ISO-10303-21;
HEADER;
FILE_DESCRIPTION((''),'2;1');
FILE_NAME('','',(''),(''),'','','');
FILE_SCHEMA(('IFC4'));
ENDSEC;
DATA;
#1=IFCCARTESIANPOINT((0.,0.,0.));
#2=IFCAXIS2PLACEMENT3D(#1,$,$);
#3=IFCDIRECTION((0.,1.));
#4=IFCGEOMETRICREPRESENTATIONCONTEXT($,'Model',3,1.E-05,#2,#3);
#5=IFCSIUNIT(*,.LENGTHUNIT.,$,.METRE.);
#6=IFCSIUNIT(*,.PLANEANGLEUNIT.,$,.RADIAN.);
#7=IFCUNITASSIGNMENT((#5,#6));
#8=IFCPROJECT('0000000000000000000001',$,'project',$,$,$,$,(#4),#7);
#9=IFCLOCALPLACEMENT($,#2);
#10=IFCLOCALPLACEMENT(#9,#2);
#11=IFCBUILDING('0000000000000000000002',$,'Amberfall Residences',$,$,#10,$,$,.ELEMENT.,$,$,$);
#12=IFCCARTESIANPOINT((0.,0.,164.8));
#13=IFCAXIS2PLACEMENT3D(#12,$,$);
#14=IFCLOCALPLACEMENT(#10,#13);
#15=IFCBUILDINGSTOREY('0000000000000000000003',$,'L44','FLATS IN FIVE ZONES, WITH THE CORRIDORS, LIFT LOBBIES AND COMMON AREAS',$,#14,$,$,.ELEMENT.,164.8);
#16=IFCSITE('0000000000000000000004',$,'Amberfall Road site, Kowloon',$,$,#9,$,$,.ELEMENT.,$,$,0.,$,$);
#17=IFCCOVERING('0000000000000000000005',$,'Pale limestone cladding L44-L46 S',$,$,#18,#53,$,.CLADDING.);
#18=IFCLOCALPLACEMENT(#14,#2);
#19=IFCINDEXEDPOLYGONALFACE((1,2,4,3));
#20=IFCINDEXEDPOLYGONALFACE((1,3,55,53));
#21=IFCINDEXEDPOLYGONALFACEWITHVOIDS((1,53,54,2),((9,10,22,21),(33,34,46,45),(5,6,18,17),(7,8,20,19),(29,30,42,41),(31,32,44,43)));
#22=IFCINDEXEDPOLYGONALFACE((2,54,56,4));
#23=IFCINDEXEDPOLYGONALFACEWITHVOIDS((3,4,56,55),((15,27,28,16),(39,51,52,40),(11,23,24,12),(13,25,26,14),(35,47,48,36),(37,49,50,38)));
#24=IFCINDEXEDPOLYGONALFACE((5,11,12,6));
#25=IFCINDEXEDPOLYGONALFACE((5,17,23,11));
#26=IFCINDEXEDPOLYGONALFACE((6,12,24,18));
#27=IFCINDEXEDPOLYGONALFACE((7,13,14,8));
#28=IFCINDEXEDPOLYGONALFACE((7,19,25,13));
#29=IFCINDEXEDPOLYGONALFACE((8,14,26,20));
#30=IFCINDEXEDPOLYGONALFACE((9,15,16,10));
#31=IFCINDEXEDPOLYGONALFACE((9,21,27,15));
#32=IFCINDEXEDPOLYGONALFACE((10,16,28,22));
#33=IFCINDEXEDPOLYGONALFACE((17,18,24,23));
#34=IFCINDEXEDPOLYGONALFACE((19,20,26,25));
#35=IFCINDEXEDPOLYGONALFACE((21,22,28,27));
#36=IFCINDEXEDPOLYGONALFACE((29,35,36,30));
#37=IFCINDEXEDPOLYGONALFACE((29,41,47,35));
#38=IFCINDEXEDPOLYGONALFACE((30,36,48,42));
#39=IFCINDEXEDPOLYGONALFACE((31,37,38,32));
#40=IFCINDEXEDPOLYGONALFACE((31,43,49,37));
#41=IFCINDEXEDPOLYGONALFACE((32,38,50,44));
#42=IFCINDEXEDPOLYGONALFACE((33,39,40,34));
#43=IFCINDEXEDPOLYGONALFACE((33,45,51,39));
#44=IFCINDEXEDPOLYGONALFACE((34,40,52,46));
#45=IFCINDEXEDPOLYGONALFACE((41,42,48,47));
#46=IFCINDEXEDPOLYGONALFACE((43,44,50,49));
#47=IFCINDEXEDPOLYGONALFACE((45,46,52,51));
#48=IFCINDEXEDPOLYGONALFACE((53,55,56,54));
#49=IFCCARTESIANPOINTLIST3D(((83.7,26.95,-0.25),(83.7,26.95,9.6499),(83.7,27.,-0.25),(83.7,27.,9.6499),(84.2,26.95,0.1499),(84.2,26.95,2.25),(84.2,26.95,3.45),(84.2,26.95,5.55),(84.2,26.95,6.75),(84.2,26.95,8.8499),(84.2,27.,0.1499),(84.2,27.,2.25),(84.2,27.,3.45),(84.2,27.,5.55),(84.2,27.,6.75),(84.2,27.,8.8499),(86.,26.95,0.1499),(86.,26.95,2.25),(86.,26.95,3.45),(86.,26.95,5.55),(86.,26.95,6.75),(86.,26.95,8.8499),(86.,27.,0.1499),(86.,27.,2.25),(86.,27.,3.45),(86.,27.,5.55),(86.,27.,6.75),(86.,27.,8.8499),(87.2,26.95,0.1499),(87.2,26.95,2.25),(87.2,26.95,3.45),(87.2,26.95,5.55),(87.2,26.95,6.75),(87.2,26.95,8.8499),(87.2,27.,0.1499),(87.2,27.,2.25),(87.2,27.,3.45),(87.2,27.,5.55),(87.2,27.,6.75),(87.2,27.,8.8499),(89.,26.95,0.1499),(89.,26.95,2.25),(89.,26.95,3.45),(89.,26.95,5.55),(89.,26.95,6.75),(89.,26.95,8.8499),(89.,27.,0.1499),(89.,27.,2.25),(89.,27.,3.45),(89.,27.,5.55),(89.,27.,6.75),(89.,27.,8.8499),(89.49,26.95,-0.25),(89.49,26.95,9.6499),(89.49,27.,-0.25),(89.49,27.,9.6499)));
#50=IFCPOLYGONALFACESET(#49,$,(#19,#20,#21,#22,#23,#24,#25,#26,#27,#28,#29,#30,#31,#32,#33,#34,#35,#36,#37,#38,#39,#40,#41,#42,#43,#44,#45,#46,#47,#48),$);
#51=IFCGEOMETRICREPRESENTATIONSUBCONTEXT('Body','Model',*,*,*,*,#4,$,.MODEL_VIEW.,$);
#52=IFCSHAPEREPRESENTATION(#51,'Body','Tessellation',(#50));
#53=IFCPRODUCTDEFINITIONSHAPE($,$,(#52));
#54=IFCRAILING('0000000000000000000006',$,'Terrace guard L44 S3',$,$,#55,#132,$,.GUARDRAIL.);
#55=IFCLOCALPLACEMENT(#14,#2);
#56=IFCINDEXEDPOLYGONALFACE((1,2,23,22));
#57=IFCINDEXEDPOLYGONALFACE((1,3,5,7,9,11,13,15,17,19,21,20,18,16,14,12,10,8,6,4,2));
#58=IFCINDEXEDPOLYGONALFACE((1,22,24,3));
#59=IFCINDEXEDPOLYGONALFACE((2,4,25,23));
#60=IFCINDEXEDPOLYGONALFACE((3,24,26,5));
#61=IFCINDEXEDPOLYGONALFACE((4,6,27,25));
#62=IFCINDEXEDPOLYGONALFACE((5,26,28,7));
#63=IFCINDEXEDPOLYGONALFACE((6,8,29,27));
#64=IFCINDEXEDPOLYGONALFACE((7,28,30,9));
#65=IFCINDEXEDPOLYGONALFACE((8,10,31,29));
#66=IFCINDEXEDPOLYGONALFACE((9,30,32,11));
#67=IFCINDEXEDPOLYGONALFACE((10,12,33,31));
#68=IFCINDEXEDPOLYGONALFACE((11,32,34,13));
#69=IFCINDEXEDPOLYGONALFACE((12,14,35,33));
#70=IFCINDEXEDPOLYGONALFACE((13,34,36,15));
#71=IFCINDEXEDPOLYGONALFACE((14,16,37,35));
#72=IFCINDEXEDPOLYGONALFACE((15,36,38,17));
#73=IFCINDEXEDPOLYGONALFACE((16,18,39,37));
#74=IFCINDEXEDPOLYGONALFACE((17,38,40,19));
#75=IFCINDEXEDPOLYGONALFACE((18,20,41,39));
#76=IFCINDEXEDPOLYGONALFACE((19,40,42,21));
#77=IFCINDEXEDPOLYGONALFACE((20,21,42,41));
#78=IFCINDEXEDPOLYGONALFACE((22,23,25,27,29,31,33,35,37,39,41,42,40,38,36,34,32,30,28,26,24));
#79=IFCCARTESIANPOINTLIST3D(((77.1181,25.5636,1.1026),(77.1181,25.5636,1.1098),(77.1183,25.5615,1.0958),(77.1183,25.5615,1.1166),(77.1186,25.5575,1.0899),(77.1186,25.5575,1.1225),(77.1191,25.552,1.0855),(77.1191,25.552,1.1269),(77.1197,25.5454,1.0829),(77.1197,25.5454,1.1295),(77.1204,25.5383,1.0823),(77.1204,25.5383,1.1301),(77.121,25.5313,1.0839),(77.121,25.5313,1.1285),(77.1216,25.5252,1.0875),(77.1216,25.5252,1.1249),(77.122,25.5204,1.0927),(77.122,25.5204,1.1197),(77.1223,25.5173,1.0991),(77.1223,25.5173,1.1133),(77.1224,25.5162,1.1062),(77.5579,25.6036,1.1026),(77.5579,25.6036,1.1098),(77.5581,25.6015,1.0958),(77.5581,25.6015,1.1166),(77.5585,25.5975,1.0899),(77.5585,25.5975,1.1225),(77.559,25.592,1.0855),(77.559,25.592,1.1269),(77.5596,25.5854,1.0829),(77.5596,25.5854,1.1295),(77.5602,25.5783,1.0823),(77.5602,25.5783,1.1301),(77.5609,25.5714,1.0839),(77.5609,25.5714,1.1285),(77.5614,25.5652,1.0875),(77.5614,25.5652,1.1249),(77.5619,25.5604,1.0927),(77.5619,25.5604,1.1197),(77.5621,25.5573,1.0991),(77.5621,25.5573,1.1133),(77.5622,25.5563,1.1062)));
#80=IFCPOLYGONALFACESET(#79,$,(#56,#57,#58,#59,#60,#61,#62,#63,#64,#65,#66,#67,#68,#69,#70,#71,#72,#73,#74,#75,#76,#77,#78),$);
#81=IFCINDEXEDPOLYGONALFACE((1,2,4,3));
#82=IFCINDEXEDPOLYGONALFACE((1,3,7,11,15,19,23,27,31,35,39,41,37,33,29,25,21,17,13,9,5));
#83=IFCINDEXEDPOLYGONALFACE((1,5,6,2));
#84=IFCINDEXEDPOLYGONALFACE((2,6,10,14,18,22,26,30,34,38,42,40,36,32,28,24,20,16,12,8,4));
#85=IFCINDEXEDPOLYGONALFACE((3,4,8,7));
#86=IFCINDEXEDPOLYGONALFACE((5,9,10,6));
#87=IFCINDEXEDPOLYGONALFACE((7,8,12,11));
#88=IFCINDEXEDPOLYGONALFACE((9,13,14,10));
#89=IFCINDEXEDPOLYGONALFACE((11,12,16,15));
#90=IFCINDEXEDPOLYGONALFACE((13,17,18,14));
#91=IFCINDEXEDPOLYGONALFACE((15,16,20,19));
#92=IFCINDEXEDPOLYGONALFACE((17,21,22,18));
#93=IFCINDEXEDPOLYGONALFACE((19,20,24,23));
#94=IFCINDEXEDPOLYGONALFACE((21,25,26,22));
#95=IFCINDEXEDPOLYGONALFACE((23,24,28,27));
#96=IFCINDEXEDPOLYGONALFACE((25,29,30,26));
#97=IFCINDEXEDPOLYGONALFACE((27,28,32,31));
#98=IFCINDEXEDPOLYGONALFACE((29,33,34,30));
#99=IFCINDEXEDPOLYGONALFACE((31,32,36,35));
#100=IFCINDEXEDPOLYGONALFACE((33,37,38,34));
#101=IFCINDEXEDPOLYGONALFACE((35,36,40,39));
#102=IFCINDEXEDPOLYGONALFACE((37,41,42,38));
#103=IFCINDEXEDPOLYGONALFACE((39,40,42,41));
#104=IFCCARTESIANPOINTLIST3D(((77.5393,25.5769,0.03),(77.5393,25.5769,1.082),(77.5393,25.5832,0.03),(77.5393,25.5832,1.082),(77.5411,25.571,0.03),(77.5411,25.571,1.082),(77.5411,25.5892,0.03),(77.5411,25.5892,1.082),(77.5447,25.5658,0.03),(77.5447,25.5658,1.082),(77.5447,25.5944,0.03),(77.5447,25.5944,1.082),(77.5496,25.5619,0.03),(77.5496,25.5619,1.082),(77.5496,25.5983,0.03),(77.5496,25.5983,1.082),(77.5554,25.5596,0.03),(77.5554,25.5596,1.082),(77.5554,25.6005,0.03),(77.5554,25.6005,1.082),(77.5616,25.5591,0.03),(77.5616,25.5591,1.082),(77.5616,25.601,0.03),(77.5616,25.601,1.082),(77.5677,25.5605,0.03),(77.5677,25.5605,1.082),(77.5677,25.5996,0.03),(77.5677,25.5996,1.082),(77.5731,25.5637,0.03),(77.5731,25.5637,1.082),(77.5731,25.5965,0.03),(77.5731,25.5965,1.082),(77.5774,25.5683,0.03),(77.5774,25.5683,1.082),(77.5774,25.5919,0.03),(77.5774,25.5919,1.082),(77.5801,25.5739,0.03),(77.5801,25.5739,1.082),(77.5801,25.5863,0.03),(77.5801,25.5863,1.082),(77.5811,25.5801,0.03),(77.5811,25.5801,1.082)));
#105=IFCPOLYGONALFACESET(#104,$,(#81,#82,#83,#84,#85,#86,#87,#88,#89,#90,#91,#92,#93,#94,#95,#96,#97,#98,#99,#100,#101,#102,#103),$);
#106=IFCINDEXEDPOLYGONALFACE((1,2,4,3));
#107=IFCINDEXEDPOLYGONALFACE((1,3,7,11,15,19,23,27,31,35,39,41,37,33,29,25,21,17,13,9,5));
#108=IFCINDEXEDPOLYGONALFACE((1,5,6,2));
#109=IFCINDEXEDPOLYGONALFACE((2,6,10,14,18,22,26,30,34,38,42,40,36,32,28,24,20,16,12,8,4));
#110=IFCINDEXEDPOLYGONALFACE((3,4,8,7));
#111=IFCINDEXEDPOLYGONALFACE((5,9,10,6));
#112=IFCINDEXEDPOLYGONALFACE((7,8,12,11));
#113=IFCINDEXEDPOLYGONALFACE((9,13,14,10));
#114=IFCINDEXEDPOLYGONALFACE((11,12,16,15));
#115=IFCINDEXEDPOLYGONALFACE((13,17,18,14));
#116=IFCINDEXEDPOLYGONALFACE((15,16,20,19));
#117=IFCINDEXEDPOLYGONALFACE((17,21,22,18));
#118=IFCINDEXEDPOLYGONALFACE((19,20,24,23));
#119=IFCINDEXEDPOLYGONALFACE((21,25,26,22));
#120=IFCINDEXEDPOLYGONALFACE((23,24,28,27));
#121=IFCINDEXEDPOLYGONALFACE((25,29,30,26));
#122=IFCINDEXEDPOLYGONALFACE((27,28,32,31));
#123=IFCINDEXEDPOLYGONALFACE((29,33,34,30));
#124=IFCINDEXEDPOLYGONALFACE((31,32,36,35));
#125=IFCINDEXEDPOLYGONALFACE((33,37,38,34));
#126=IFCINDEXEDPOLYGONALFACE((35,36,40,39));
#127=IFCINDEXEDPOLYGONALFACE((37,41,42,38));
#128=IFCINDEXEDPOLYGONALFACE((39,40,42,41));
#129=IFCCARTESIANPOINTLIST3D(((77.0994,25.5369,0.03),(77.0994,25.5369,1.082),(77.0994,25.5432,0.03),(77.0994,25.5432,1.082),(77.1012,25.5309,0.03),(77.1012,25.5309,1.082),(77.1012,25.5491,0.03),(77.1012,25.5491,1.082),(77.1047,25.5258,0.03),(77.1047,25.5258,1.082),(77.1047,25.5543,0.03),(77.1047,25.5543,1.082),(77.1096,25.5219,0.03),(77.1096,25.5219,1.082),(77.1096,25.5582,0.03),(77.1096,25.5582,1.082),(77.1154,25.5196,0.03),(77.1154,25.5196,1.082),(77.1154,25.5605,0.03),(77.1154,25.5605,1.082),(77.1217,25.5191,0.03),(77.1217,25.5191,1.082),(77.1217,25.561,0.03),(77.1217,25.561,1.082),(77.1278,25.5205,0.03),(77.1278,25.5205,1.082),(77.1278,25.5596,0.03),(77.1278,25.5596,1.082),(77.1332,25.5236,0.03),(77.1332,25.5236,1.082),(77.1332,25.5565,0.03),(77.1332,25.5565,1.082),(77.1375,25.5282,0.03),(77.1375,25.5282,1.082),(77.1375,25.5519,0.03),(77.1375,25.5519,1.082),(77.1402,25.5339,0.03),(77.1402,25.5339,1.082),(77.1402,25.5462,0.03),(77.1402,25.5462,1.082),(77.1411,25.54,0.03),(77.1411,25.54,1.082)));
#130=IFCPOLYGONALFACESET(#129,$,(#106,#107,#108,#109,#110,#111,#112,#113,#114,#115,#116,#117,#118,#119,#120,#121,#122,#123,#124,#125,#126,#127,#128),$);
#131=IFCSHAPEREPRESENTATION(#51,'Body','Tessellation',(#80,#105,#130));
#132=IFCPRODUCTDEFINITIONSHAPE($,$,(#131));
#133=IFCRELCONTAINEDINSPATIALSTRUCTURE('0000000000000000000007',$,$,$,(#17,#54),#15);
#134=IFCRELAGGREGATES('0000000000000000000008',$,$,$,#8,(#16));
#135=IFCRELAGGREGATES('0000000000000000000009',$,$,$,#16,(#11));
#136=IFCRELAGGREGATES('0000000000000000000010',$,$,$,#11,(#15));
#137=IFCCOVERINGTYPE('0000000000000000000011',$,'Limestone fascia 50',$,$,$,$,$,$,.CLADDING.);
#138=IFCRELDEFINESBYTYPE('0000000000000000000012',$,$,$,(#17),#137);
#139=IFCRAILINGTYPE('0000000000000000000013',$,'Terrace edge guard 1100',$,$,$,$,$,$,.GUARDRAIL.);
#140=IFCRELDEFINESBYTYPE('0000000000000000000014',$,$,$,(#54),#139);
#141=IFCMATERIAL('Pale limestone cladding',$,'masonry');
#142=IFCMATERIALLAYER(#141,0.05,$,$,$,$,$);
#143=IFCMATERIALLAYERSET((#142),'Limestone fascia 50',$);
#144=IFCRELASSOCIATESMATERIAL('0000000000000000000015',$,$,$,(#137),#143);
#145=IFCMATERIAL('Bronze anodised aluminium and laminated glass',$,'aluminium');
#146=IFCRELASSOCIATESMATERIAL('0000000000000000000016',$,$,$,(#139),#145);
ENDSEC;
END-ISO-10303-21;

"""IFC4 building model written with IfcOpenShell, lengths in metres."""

from ifc_helpers import new_model, si_unit, direction, frame, origin, origin_2d, place, context, subcontext, project, spatial, polyline, circle, outline, extrude, material, layer, layer_set, type_object, element, save


model = new_model("IFC4")

# Units and contexts
model_context = context("Model", 3, precision=1e-05, world=origin(), true_north=direction((0.0, 1.0)))
body_context = subcontext(model_context, "Body", "Model", "MODEL_VIEW")
ifc_project = project(units=[si_unit("LENGTHUNIT", "METRE"), si_unit("PLANEANGLEUNIT", "RADIAN")], contexts=[model_context])

# Site, building, storey
site_placement = place(None, origin())
site = spatial("IfcSite", under=ifc_project, at=site_placement, Name="Amberfall Road site, Kowloon", CompositionType="ELEMENT", RefElevation=0.0)
building_placement = place(site_placement, origin())
building = spatial("IfcBuilding", under=site, at=building_placement, Name="Amberfall Residences", CompositionType="ELEMENT")
storey_placement = place(building_placement, frame((0.0, 0.0, 164.8)))
storey = spatial("IfcBuildingStorey", under=building, at=storey_placement, Name="L44", Description="FLATS IN FIVE ZONES, WITH THE CORRIDORS, LIFT LOBBIES AND COMMON AREAS", CompositionType="ELEMENT", Elevation=164.8)

# Covering
ifc_material_1 = material(Name="Pale limestone cladding", Category="masonry")
ifc_layer_1 = layer(ifc_material_1, 0.05)
ifc_layer_set_1 = layer_set([ifc_layer_1], Name="Limestone fascia 50")
covering_type = type_object("IfcCoveringType", Name="Limestone fascia 50", PredefinedType="CLADDING", material=ifc_layer_set_1)
covering_placement = place(storey_placement, frame((83.7, 27.0, 9.6499), z_axis=(0.0, 1.0, 0.0), x_axis=(1.0, 0.0, 0.0)))
element("IfcCovering", 1, at=covering_placement, inside=storey, type_object=covering_type, Name="Pale limestone cladding L44-L46 S", PredefinedType="CLADDING", context=body_context, shape_type="SweptSolid", body=[
    extrude(outline(polyline([(0.0, 0.0), (5.79, 0.0), (5.79, 9.8999), (0.0, 9.8999), (0.0, 0.0)]), holes=[polyline([(0.5, 7.3999), (2.3, 7.3999), (2.3, 9.5), (0.5, 9.5), (0.5, 7.3999)]), polyline([(3.5, 7.3999), (5.3, 7.3999), (5.3, 9.5), (3.5, 9.5), (3.5, 7.3999)]), polyline([(0.5, 4.0999), (2.3, 4.0999), (2.3, 6.2), (0.5, 6.2), (0.5, 4.0999)]), polyline([(3.5, 4.0999), (5.3, 4.0999), (5.3, 6.2), (3.5, 6.2), (3.5, 4.0999)]), polyline([(0.5, 0.8), (2.3, 0.8), (2.3, 2.8999), (0.5, 2.8999), (0.5, 0.8)]), polyline([(3.5, 0.8), (5.3, 0.8), (5.3, 2.8999), (3.5, 2.8999), (3.5, 0.8)])]), origin(), (0.0, 0.0, -1.0), 0.05),
])

# Railing
ifc_material_2 = material(Name="Bronze anodised aluminium and laminated glass", Category="aluminium")
railing_type = type_object("IfcRailingType", Name="Terrace edge guard 1100", PredefinedType="GUARDRAIL", material=ifc_material_2)
railing_1_placement = place(storey_placement, frame((77.5601, 25.5801, 0.03)))
element("IfcRailing", 2, at=railing_1_placement, inside=storey, type_object=railing_type, Name="Terrace guard L44 S3", PredefinedType="GUARDRAIL", context=body_context, shape_type="SweptSolid", body=[
    extrude(circle(Radius=0.0239, at=origin_2d()), frame((0.0, 0.0, 1.0762), z_axis=(-0.995884, -0.090635, 0.0), x_axis=(0.090635, -0.995884, 0.0)), (0.0, 0.0, 1.0), 0.4417),
    extrude(circle(Radius=0.021, at=origin_2d()), origin(), (0.0, 0.0, 1.0), 1.052),
    extrude(circle(Radius=0.021, at=origin_2d()), frame((-0.4399, -0.04, 0.0)), (0.0, 0.0, 1.0), 1.052),
])

save(model, "model.ifc")
